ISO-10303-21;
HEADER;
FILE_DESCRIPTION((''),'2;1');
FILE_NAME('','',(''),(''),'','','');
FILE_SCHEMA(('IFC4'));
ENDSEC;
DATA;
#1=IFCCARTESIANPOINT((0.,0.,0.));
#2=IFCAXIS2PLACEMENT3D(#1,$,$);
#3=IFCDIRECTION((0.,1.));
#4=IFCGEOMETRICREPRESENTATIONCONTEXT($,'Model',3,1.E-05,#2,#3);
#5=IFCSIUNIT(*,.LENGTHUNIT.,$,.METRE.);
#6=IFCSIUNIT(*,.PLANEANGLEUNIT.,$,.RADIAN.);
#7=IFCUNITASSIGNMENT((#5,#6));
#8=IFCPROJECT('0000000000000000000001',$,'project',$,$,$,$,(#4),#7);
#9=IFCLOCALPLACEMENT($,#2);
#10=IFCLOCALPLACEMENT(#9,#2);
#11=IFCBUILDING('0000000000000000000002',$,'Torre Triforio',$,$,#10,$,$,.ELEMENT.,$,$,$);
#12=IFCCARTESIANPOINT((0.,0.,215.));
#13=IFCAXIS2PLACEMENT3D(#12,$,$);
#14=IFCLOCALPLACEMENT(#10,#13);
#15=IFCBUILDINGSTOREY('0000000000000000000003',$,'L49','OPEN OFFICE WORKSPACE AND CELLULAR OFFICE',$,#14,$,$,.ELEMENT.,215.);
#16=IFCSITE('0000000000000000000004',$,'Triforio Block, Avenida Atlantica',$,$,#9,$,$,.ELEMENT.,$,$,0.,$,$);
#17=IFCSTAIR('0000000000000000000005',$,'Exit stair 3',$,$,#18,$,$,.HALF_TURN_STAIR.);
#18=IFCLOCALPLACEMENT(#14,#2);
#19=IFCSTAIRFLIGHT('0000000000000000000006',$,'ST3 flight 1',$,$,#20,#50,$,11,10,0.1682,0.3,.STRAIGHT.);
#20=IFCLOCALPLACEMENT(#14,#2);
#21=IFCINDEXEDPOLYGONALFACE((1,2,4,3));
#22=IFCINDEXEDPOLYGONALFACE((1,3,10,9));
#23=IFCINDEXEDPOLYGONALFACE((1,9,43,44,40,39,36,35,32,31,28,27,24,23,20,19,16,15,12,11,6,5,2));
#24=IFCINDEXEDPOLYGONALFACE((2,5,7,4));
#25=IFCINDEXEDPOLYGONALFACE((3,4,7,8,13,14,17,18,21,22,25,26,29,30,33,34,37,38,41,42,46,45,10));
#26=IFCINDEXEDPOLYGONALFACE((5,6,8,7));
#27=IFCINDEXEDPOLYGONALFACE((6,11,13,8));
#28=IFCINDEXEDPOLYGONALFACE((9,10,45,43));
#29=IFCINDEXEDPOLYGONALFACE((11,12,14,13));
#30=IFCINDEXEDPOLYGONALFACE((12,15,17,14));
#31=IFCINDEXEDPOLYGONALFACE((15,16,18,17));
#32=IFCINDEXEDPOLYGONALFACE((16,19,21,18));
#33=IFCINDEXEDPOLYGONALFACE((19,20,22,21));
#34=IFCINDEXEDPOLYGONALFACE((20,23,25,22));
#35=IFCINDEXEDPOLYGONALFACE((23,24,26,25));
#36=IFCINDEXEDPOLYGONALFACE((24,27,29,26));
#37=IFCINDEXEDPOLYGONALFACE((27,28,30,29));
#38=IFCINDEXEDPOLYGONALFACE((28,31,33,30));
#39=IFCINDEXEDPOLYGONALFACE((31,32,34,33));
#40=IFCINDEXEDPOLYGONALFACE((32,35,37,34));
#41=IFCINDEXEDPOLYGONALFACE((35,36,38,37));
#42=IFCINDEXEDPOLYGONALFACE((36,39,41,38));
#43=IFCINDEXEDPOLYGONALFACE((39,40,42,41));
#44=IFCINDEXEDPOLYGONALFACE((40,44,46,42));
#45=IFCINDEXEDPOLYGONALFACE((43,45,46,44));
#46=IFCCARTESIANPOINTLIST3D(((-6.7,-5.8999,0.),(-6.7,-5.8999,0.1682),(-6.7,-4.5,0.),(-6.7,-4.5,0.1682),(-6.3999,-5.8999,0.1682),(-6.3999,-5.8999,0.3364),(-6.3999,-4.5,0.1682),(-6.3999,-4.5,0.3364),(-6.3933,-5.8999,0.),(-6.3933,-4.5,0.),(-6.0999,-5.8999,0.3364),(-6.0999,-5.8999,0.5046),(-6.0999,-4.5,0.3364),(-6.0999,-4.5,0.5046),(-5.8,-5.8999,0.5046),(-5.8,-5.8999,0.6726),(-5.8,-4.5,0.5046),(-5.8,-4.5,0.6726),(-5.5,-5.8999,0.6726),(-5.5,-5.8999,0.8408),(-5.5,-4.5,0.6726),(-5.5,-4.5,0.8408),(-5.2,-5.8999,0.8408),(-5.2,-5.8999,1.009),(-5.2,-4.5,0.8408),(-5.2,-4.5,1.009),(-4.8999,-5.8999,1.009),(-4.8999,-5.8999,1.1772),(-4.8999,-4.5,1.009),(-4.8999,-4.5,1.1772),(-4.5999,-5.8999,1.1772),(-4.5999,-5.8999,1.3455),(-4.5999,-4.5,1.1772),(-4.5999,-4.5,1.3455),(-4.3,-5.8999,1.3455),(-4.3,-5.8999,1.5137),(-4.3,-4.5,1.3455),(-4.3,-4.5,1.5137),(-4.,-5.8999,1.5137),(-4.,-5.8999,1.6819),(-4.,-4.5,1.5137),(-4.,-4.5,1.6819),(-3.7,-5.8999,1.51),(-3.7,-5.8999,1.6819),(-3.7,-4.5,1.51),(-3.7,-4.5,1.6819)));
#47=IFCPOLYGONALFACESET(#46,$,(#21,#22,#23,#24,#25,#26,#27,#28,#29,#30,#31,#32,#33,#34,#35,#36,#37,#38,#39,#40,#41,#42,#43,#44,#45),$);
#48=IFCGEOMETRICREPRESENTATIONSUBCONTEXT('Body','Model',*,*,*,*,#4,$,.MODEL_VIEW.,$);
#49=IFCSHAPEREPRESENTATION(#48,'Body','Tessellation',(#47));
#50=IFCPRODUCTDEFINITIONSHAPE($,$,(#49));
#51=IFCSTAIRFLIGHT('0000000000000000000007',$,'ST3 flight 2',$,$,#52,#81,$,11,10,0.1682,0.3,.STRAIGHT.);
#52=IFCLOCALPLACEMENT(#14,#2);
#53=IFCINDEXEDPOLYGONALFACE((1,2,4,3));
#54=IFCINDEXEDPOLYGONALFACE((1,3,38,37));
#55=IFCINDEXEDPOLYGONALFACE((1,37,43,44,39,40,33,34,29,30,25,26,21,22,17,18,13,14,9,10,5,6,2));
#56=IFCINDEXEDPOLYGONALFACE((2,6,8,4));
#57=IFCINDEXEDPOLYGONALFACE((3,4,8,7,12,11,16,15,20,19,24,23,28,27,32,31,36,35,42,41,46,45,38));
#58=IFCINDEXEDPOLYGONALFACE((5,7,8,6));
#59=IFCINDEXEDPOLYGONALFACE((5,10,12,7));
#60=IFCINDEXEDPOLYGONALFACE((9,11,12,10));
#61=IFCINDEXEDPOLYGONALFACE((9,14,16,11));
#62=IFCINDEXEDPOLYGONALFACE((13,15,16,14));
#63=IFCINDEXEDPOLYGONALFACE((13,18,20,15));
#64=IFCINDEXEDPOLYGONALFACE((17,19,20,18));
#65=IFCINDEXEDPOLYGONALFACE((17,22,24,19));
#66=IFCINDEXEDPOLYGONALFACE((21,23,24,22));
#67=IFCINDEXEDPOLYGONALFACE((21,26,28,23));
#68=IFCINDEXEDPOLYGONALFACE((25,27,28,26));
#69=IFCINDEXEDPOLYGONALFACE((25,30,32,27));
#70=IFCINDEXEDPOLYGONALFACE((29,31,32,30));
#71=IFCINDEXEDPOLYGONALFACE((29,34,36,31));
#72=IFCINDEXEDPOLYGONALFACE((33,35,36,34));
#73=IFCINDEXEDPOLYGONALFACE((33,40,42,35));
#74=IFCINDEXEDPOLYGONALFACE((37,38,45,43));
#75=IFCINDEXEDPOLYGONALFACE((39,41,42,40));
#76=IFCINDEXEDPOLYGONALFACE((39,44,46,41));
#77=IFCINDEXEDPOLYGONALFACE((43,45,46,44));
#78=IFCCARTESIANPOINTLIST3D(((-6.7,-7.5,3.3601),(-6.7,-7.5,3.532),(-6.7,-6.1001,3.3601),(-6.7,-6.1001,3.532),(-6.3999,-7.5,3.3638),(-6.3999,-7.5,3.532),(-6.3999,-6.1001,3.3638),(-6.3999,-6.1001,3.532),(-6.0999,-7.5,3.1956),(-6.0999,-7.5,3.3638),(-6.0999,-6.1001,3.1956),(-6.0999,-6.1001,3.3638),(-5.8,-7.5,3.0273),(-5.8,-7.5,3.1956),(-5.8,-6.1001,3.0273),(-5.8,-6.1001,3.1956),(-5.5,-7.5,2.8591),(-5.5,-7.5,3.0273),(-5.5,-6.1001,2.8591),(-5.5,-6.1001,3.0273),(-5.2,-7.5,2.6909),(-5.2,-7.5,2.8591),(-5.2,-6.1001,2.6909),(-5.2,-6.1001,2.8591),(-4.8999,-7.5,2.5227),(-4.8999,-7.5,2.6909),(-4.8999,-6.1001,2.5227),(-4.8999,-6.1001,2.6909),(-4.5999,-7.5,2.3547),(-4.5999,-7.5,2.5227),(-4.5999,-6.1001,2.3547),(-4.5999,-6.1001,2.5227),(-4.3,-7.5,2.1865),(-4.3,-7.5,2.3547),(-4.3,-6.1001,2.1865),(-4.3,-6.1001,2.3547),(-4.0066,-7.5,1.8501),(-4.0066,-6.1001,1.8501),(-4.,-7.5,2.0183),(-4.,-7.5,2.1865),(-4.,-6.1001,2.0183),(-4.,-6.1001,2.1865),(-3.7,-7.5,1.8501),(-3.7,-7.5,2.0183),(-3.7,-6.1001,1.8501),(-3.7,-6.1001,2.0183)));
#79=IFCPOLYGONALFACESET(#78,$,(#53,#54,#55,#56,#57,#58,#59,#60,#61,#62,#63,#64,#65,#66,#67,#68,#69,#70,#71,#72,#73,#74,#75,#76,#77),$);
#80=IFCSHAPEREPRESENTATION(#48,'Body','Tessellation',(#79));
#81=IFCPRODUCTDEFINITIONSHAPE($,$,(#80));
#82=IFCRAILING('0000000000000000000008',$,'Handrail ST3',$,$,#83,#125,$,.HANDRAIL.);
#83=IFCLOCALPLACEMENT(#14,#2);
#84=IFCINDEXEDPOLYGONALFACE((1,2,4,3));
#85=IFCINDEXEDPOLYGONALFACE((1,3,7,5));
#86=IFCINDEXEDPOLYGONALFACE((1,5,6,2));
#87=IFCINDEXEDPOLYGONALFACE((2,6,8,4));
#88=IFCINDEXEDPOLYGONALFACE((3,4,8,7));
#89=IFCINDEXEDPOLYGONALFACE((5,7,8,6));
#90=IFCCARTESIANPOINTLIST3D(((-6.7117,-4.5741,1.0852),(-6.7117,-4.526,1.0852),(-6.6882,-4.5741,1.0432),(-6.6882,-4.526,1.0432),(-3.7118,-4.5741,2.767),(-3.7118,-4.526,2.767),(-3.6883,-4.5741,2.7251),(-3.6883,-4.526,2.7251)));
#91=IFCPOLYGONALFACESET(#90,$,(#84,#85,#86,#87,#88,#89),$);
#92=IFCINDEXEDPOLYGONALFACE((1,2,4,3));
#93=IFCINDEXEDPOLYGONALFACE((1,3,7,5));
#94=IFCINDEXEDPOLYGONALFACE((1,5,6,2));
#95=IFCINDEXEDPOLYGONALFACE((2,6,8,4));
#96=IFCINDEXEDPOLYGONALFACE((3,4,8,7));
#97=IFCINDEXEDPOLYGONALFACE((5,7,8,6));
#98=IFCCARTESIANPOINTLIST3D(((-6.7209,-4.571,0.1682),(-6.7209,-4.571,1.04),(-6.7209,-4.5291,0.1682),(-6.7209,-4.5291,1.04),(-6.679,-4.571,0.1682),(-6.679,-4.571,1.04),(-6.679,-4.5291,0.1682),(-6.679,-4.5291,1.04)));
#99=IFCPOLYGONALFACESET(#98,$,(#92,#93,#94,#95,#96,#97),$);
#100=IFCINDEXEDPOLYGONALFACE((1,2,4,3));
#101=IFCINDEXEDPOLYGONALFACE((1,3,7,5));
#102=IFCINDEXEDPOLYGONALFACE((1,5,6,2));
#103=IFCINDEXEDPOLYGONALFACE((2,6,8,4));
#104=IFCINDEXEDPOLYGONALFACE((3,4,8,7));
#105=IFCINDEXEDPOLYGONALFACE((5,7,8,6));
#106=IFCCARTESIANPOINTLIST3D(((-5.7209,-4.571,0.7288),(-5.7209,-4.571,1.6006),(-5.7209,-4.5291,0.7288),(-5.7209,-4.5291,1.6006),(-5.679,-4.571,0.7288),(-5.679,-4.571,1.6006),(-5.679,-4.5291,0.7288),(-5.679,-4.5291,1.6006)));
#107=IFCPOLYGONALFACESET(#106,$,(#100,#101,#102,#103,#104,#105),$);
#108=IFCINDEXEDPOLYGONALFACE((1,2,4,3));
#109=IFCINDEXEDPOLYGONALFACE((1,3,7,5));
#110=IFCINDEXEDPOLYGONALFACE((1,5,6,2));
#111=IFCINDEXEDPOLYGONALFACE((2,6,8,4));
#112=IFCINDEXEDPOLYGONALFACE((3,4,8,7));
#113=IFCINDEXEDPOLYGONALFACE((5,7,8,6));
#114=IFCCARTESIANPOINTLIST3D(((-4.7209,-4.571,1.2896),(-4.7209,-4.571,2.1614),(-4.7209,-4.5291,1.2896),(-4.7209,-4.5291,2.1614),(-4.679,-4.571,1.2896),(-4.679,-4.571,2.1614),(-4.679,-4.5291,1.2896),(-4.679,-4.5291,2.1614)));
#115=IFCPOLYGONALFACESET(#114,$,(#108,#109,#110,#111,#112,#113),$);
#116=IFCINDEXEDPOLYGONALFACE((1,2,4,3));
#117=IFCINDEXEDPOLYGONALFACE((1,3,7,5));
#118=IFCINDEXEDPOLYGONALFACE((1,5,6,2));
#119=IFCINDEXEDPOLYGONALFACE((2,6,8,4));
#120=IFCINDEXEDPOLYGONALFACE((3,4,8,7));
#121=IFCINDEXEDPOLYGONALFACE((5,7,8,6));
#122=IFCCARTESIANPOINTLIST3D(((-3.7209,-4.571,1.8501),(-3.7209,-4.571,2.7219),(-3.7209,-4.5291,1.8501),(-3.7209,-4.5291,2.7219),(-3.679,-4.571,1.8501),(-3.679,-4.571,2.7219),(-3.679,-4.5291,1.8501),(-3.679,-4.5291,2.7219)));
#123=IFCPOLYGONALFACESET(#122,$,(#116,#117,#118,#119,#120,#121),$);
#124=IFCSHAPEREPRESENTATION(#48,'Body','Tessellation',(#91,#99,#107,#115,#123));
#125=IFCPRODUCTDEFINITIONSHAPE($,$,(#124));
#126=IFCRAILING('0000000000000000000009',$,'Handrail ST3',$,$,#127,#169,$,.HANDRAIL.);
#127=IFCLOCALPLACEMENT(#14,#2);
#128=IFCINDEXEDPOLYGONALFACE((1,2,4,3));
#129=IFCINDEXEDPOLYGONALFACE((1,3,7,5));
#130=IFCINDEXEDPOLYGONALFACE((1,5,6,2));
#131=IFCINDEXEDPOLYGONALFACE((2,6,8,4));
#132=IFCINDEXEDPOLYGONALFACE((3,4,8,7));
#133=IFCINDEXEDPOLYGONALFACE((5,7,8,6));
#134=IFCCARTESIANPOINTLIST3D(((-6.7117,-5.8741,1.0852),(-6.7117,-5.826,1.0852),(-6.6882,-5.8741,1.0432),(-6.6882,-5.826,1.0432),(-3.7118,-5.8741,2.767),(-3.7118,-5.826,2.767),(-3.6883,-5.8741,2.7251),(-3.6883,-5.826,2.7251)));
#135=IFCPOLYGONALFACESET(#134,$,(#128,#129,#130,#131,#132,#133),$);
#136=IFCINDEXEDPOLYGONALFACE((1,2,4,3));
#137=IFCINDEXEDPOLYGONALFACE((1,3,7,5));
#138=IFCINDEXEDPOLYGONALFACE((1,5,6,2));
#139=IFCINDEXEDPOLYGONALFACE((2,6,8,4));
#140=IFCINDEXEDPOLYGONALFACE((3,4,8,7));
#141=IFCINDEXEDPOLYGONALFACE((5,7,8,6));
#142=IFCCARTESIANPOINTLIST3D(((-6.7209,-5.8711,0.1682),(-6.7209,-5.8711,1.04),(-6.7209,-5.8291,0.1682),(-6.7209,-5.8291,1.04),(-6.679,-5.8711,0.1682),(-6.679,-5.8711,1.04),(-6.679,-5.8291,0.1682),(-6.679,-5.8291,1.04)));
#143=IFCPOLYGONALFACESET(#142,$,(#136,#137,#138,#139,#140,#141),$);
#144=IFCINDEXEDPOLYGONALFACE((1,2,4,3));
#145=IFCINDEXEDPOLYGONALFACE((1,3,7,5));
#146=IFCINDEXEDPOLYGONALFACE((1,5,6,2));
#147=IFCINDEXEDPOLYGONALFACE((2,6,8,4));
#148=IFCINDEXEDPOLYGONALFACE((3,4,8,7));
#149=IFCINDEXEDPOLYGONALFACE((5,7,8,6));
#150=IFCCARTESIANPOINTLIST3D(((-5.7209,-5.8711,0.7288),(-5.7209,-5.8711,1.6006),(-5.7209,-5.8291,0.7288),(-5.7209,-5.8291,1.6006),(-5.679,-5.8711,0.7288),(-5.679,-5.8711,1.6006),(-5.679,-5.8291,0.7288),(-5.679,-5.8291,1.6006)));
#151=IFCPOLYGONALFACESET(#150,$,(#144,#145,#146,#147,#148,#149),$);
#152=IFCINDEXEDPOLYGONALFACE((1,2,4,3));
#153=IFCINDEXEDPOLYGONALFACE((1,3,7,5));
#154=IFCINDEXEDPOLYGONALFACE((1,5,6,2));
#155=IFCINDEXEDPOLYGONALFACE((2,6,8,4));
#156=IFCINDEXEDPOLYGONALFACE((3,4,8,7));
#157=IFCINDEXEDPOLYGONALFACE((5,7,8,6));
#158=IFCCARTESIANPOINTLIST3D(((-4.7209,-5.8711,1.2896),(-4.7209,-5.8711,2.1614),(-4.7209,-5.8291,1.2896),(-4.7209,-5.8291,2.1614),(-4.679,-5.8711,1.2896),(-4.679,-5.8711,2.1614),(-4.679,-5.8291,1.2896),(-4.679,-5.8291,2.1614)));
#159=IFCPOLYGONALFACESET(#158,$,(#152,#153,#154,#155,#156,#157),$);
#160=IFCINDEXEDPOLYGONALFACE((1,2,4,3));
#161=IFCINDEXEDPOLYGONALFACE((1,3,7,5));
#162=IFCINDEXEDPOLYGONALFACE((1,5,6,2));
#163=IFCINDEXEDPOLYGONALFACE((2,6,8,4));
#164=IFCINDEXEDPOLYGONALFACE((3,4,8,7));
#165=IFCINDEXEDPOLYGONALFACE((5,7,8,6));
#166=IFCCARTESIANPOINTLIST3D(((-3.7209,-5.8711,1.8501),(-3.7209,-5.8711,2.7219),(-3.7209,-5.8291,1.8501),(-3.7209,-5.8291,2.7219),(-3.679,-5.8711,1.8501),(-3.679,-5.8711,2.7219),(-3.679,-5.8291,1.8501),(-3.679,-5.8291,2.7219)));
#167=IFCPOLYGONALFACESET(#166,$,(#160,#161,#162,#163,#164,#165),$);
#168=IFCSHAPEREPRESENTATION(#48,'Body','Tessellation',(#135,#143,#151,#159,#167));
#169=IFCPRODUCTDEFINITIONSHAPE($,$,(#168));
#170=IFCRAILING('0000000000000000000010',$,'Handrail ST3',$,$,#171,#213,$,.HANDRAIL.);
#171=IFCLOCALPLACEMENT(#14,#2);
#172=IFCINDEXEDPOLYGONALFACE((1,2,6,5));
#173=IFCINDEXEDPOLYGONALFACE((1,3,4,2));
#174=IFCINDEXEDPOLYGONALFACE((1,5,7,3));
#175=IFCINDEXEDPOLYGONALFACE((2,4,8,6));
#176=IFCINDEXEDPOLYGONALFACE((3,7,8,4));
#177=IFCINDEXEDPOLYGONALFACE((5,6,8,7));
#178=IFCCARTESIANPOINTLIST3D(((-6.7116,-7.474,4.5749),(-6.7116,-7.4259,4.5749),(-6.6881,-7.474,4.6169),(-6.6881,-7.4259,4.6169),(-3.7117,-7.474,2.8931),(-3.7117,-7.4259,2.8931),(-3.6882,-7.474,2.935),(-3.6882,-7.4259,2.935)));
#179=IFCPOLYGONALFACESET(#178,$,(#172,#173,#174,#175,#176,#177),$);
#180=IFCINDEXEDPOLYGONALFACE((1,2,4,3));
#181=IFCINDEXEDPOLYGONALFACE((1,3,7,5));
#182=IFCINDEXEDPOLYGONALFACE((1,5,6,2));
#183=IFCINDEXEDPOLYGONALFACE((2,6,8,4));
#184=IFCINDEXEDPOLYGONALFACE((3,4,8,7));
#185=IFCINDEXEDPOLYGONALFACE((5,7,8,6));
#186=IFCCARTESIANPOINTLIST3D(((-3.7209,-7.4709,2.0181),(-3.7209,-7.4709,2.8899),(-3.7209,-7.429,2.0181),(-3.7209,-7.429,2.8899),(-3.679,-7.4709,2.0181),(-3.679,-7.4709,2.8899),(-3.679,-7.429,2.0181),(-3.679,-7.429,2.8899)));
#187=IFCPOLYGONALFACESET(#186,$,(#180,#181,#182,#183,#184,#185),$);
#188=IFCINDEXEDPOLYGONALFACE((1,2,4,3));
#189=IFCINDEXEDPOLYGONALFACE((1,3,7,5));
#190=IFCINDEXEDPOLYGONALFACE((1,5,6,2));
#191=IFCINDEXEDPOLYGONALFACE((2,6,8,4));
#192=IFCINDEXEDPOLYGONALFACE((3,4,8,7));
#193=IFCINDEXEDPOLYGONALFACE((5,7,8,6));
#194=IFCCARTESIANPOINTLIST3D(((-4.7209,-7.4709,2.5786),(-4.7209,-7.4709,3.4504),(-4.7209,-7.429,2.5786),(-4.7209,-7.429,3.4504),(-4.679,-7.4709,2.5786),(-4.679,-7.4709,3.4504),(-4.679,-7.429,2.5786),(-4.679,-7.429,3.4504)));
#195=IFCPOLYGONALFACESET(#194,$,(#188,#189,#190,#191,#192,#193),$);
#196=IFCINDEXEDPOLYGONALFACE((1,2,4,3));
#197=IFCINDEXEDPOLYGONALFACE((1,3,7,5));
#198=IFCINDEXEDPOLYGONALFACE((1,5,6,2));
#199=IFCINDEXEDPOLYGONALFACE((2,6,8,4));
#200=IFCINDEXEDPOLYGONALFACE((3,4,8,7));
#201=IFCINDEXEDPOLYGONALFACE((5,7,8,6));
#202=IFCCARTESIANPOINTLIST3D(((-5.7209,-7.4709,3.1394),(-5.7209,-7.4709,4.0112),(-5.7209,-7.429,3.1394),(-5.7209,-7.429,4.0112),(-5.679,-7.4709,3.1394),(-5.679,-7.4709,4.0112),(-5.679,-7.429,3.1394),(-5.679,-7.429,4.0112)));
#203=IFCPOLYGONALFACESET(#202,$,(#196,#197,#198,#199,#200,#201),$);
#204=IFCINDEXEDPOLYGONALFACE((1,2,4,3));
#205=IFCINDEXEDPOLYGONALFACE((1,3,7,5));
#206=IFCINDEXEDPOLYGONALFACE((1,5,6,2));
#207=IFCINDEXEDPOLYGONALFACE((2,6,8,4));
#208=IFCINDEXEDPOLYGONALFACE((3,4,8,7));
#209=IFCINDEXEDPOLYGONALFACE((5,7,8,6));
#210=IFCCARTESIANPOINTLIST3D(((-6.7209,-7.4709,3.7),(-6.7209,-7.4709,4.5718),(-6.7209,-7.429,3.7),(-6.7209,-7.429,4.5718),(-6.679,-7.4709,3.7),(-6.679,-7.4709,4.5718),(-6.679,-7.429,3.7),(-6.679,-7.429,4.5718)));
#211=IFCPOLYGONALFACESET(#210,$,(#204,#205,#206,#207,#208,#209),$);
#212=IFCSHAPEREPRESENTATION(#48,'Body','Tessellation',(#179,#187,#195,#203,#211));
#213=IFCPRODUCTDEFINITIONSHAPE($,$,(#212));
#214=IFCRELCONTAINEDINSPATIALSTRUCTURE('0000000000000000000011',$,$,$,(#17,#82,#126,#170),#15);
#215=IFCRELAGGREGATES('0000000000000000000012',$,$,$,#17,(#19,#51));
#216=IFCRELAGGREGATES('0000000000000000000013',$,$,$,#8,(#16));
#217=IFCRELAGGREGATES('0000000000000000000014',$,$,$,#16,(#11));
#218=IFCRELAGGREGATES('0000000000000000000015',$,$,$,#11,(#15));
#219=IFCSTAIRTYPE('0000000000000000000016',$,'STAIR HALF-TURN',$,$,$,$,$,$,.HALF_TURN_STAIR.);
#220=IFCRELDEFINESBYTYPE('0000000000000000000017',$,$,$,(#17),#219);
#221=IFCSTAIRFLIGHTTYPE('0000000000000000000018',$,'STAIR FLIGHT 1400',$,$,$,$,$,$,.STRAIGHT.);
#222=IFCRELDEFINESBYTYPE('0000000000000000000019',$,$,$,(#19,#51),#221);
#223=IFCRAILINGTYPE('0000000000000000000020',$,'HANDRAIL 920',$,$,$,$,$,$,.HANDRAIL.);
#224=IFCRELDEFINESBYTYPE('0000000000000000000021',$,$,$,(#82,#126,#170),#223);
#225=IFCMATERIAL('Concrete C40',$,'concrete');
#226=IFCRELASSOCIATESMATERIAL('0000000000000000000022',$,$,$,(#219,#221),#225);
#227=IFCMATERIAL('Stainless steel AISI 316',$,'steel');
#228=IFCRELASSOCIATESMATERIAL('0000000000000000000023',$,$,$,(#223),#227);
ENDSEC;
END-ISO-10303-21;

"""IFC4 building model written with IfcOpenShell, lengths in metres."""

from ifc_helpers import new_model, si_unit, direction, frame, origin, origin_2d, place, context, subcontext, project, spatial, polyline, rectangle, outline, extrude, material, type_object, element, aggregate, save


model = new_model("IFC4")

# Units and contexts
model_context = context("Model", 3, precision=1e-05, world=origin(), true_north=direction((0.0, 1.0)))
body_context = subcontext(model_context, "Body", "Model", "MODEL_VIEW")
ifc_project = project(units=[si_unit("LENGTHUNIT", "METRE"), si_unit("PLANEANGLEUNIT", "RADIAN")], contexts=[model_context])

# Site, building, storey
site_placement = place(None, origin())
site = spatial("IfcSite", under=ifc_project, at=site_placement, Name="Triforio Block, Avenida Atlantica", CompositionType="ELEMENT", RefElevation=0.0)
building_placement = place(site_placement, origin())
building = spatial("IfcBuilding", under=site, at=building_placement, Name="Torre Triforio", CompositionType="ELEMENT")
storey_placement = place(building_placement, frame((0.0, 0.0, 215.0)))
storey = spatial("IfcBuildingStorey", under=building, at=storey_placement, Name="L49", Description="OPEN OFFICE WORKSPACE AND CELLULAR OFFICE", CompositionType="ELEMENT", Elevation=215.0)

# Stair, stair flights
ifc_material_1 = material(Name="Concrete C40", Category="concrete")
stair_type = type_object("IfcStairType", Name="STAIR HALF-TURN", PredefinedType="HALF_TURN_STAIR", material=ifc_material_1)
stair_placement = place(storey_placement, origin())
stair = element("IfcStair", 1, at=stair_placement, inside=storey, type_object=stair_type, Name="Exit stair 3", PredefinedType="HALF_TURN_STAIR")
stair_flight_type = type_object("IfcStairFlightType", Name="STAIR FLIGHT 1400", PredefinedType="STRAIGHT", material=ifc_material_1)
stair_flight_1_placement = place(storey_placement, frame((-6.7, -5.2, 0.0), z_axis=(0.0, 0.0, 1.0), x_axis=(1.0, 0.0, 0.0)))
stair_flight_1 = element("IfcStairFlight", 2, at=stair_flight_1_placement, type_object=stair_flight_type, Name="ST3 flight 1", NumberOfRisers=11, NumberOfTreads=10, PredefinedType="STRAIGHT", RiserHeight=0.1682, TreadLength=0.3, context=body_context, shape_type="SweptSolid", body=[
    extrude(outline(polyline([(0.0, 0.0), (0.0, 0.1682), (0.3, 0.1682), (0.3, 0.3364), (0.6001, 0.3364), (0.6001, 0.5046), (0.8999, 0.5046), (0.8999, 0.6726), (1.2, 0.6726), (1.2, 0.8408), (1.5, 0.8408), (1.5, 1.009), (1.8, 1.009), (1.8, 1.1772), (2.1001, 1.1772), (2.1001, 1.3455), (2.3999, 1.3455), (2.3999, 1.5137), (2.7, 1.5137), (2.7, 1.6819), (3.0, 1.6819), (3.0, 1.8501), (3.0, 1.51), (0.3066, 0.0), (0.0, 0.0)])), frame((0.0, 0.7, 0.0), z_axis=(0.0, -1.0, 0.0), x_axis=(1.0, 0.0, 0.0)), (0.0, 0.0, 1.0), 1.3999),
])
stair_flight_2_placement = place(storey_placement, frame((-3.7, -6.8, 1.8501), z_axis=(0.0, 0.0, 1.0), x_axis=(-1.0, 0.0, 0.0)))
stair_flight_2 = element("IfcStairFlight", 3, at=stair_flight_2_placement, type_object=stair_flight_type, Name="ST3 flight 2", NumberOfRisers=11, NumberOfTreads=10, PredefinedType="STRAIGHT", RiserHeight=0.1682, TreadLength=0.3, context=body_context, shape_type="SweptSolid", body=[
    extrude(outline(polyline([(0.0, 0.0), (0.0, 0.1682), (0.3, 0.1682), (0.3, 0.3364), (0.6001, 0.3364), (0.6001, 0.5046), (0.8999, 0.5046), (0.8999, 0.6726), (1.2, 0.6726), (1.2, 0.8408), (1.5, 0.8408), (1.5, 1.009), (1.8, 1.009), (1.8, 1.1772), (2.1001, 1.1772), (2.1001, 1.3455), (2.3999, 1.3455), (2.3999, 1.5137), (2.7, 1.5137), (2.7, 1.6819), (3.0, 1.6819), (3.0, 1.8501), (3.0, 1.51), (0.3066, 0.0), (0.0, 0.0)])), frame((0.0, 0.7, 0.0), z_axis=(0.0, -1.0, 0.0), x_axis=(1.0, 0.0, 0.0)), (0.0, 0.0, 1.0), 1.3999),
])
aggregate(stair, [stair_flight_1, stair_flight_2])

# Railings
ifc_material_2 = material(Name="Stainless steel AISI 316", Category="steel")
railing_type = type_object("IfcRailingType", Name="HANDRAIL 920", PredefinedType="HANDRAIL", material=ifc_material_2)
for number, where, name in (
    (4, (-6.7, -4.55, 0.1682), "Handrail ST3"),
    (5, (-6.7, -5.8501, 0.1682), "Handrail ST3"),
):
    element("IfcRailing", number, at=place(storey_placement, frame(where)), inside=storey, type_object=railing_type, Name=name, PredefinedType="HANDRAIL", context=body_context, shape_type="SweptSolid", body=[
        extrude(rectangle(XDim=0.0481, YDim=0.0481, at=origin_2d()), frame((0.0, 0.0, 0.896), z_axis=(0.872272, 0.0, 0.48902), x_axis=(0.0, 1.0, 0.0)), (0.0, 0.0, 1.0), 3.4392),
        extrude(rectangle(XDim=0.042, YDim=0.042, at=origin_2d()), origin(), (0.0, 0.0, 1.0), 0.8718),
        extrude(rectangle(XDim=0.042, YDim=0.042, at=origin_2d()), frame((1.0, 0.0, 0.5605)), (0.0, 0.0, 1.0), 0.8718),
        extrude(rectangle(XDim=0.042, YDim=0.042, at=origin_2d()), frame((2.0, 0.0, 1.1213)), (0.0, 0.0, 1.0), 0.8718),
        extrude(rectangle(XDim=0.042, YDim=0.042, at=origin_2d()), frame((3.0, 0.0, 1.6819)), (0.0, 0.0, 1.0), 0.8718),
    ])
for number, where, name in (
    (6, (-3.7, -7.45, 2.0181), "Handrail ST3"),
):
    element("IfcRailing", number, at=place(storey_placement, frame(where)), inside=storey, type_object=railing_type, Name=name, PredefinedType="HANDRAIL", context=body_context, shape_type="SweptSolid", body=[
        extrude(rectangle(XDim=0.0481, YDim=0.0481, at=origin_2d()), frame((0.0, 0.0, 0.896), z_axis=(-0.872272, 0.0, 0.48902), x_axis=(0.0, -1.0, 0.0)), (0.0, 0.0, 1.0), 3.4392),
        extrude(rectangle(XDim=0.042, YDim=0.042, at=origin_2d()), origin(), (0.0, 0.0, 1.0), 0.8718),
        extrude(rectangle(XDim=0.042, YDim=0.042, at=origin_2d()), frame((-1.0, 0.0, 0.5605)), (0.0, 0.0, 1.0), 0.8718),
        extrude(rectangle(XDim=0.042, YDim=0.042, at=origin_2d()), frame((-2.0, 0.0, 1.1213)), (0.0, 0.0, 1.0), 0.8718),
        extrude(rectangle(XDim=0.042, YDim=0.042, at=origin_2d()), frame((-3.0, 0.0, 1.6819)), (0.0, 0.0, 1.0), 0.8718),
    ])

save(model, "model.ifc")
